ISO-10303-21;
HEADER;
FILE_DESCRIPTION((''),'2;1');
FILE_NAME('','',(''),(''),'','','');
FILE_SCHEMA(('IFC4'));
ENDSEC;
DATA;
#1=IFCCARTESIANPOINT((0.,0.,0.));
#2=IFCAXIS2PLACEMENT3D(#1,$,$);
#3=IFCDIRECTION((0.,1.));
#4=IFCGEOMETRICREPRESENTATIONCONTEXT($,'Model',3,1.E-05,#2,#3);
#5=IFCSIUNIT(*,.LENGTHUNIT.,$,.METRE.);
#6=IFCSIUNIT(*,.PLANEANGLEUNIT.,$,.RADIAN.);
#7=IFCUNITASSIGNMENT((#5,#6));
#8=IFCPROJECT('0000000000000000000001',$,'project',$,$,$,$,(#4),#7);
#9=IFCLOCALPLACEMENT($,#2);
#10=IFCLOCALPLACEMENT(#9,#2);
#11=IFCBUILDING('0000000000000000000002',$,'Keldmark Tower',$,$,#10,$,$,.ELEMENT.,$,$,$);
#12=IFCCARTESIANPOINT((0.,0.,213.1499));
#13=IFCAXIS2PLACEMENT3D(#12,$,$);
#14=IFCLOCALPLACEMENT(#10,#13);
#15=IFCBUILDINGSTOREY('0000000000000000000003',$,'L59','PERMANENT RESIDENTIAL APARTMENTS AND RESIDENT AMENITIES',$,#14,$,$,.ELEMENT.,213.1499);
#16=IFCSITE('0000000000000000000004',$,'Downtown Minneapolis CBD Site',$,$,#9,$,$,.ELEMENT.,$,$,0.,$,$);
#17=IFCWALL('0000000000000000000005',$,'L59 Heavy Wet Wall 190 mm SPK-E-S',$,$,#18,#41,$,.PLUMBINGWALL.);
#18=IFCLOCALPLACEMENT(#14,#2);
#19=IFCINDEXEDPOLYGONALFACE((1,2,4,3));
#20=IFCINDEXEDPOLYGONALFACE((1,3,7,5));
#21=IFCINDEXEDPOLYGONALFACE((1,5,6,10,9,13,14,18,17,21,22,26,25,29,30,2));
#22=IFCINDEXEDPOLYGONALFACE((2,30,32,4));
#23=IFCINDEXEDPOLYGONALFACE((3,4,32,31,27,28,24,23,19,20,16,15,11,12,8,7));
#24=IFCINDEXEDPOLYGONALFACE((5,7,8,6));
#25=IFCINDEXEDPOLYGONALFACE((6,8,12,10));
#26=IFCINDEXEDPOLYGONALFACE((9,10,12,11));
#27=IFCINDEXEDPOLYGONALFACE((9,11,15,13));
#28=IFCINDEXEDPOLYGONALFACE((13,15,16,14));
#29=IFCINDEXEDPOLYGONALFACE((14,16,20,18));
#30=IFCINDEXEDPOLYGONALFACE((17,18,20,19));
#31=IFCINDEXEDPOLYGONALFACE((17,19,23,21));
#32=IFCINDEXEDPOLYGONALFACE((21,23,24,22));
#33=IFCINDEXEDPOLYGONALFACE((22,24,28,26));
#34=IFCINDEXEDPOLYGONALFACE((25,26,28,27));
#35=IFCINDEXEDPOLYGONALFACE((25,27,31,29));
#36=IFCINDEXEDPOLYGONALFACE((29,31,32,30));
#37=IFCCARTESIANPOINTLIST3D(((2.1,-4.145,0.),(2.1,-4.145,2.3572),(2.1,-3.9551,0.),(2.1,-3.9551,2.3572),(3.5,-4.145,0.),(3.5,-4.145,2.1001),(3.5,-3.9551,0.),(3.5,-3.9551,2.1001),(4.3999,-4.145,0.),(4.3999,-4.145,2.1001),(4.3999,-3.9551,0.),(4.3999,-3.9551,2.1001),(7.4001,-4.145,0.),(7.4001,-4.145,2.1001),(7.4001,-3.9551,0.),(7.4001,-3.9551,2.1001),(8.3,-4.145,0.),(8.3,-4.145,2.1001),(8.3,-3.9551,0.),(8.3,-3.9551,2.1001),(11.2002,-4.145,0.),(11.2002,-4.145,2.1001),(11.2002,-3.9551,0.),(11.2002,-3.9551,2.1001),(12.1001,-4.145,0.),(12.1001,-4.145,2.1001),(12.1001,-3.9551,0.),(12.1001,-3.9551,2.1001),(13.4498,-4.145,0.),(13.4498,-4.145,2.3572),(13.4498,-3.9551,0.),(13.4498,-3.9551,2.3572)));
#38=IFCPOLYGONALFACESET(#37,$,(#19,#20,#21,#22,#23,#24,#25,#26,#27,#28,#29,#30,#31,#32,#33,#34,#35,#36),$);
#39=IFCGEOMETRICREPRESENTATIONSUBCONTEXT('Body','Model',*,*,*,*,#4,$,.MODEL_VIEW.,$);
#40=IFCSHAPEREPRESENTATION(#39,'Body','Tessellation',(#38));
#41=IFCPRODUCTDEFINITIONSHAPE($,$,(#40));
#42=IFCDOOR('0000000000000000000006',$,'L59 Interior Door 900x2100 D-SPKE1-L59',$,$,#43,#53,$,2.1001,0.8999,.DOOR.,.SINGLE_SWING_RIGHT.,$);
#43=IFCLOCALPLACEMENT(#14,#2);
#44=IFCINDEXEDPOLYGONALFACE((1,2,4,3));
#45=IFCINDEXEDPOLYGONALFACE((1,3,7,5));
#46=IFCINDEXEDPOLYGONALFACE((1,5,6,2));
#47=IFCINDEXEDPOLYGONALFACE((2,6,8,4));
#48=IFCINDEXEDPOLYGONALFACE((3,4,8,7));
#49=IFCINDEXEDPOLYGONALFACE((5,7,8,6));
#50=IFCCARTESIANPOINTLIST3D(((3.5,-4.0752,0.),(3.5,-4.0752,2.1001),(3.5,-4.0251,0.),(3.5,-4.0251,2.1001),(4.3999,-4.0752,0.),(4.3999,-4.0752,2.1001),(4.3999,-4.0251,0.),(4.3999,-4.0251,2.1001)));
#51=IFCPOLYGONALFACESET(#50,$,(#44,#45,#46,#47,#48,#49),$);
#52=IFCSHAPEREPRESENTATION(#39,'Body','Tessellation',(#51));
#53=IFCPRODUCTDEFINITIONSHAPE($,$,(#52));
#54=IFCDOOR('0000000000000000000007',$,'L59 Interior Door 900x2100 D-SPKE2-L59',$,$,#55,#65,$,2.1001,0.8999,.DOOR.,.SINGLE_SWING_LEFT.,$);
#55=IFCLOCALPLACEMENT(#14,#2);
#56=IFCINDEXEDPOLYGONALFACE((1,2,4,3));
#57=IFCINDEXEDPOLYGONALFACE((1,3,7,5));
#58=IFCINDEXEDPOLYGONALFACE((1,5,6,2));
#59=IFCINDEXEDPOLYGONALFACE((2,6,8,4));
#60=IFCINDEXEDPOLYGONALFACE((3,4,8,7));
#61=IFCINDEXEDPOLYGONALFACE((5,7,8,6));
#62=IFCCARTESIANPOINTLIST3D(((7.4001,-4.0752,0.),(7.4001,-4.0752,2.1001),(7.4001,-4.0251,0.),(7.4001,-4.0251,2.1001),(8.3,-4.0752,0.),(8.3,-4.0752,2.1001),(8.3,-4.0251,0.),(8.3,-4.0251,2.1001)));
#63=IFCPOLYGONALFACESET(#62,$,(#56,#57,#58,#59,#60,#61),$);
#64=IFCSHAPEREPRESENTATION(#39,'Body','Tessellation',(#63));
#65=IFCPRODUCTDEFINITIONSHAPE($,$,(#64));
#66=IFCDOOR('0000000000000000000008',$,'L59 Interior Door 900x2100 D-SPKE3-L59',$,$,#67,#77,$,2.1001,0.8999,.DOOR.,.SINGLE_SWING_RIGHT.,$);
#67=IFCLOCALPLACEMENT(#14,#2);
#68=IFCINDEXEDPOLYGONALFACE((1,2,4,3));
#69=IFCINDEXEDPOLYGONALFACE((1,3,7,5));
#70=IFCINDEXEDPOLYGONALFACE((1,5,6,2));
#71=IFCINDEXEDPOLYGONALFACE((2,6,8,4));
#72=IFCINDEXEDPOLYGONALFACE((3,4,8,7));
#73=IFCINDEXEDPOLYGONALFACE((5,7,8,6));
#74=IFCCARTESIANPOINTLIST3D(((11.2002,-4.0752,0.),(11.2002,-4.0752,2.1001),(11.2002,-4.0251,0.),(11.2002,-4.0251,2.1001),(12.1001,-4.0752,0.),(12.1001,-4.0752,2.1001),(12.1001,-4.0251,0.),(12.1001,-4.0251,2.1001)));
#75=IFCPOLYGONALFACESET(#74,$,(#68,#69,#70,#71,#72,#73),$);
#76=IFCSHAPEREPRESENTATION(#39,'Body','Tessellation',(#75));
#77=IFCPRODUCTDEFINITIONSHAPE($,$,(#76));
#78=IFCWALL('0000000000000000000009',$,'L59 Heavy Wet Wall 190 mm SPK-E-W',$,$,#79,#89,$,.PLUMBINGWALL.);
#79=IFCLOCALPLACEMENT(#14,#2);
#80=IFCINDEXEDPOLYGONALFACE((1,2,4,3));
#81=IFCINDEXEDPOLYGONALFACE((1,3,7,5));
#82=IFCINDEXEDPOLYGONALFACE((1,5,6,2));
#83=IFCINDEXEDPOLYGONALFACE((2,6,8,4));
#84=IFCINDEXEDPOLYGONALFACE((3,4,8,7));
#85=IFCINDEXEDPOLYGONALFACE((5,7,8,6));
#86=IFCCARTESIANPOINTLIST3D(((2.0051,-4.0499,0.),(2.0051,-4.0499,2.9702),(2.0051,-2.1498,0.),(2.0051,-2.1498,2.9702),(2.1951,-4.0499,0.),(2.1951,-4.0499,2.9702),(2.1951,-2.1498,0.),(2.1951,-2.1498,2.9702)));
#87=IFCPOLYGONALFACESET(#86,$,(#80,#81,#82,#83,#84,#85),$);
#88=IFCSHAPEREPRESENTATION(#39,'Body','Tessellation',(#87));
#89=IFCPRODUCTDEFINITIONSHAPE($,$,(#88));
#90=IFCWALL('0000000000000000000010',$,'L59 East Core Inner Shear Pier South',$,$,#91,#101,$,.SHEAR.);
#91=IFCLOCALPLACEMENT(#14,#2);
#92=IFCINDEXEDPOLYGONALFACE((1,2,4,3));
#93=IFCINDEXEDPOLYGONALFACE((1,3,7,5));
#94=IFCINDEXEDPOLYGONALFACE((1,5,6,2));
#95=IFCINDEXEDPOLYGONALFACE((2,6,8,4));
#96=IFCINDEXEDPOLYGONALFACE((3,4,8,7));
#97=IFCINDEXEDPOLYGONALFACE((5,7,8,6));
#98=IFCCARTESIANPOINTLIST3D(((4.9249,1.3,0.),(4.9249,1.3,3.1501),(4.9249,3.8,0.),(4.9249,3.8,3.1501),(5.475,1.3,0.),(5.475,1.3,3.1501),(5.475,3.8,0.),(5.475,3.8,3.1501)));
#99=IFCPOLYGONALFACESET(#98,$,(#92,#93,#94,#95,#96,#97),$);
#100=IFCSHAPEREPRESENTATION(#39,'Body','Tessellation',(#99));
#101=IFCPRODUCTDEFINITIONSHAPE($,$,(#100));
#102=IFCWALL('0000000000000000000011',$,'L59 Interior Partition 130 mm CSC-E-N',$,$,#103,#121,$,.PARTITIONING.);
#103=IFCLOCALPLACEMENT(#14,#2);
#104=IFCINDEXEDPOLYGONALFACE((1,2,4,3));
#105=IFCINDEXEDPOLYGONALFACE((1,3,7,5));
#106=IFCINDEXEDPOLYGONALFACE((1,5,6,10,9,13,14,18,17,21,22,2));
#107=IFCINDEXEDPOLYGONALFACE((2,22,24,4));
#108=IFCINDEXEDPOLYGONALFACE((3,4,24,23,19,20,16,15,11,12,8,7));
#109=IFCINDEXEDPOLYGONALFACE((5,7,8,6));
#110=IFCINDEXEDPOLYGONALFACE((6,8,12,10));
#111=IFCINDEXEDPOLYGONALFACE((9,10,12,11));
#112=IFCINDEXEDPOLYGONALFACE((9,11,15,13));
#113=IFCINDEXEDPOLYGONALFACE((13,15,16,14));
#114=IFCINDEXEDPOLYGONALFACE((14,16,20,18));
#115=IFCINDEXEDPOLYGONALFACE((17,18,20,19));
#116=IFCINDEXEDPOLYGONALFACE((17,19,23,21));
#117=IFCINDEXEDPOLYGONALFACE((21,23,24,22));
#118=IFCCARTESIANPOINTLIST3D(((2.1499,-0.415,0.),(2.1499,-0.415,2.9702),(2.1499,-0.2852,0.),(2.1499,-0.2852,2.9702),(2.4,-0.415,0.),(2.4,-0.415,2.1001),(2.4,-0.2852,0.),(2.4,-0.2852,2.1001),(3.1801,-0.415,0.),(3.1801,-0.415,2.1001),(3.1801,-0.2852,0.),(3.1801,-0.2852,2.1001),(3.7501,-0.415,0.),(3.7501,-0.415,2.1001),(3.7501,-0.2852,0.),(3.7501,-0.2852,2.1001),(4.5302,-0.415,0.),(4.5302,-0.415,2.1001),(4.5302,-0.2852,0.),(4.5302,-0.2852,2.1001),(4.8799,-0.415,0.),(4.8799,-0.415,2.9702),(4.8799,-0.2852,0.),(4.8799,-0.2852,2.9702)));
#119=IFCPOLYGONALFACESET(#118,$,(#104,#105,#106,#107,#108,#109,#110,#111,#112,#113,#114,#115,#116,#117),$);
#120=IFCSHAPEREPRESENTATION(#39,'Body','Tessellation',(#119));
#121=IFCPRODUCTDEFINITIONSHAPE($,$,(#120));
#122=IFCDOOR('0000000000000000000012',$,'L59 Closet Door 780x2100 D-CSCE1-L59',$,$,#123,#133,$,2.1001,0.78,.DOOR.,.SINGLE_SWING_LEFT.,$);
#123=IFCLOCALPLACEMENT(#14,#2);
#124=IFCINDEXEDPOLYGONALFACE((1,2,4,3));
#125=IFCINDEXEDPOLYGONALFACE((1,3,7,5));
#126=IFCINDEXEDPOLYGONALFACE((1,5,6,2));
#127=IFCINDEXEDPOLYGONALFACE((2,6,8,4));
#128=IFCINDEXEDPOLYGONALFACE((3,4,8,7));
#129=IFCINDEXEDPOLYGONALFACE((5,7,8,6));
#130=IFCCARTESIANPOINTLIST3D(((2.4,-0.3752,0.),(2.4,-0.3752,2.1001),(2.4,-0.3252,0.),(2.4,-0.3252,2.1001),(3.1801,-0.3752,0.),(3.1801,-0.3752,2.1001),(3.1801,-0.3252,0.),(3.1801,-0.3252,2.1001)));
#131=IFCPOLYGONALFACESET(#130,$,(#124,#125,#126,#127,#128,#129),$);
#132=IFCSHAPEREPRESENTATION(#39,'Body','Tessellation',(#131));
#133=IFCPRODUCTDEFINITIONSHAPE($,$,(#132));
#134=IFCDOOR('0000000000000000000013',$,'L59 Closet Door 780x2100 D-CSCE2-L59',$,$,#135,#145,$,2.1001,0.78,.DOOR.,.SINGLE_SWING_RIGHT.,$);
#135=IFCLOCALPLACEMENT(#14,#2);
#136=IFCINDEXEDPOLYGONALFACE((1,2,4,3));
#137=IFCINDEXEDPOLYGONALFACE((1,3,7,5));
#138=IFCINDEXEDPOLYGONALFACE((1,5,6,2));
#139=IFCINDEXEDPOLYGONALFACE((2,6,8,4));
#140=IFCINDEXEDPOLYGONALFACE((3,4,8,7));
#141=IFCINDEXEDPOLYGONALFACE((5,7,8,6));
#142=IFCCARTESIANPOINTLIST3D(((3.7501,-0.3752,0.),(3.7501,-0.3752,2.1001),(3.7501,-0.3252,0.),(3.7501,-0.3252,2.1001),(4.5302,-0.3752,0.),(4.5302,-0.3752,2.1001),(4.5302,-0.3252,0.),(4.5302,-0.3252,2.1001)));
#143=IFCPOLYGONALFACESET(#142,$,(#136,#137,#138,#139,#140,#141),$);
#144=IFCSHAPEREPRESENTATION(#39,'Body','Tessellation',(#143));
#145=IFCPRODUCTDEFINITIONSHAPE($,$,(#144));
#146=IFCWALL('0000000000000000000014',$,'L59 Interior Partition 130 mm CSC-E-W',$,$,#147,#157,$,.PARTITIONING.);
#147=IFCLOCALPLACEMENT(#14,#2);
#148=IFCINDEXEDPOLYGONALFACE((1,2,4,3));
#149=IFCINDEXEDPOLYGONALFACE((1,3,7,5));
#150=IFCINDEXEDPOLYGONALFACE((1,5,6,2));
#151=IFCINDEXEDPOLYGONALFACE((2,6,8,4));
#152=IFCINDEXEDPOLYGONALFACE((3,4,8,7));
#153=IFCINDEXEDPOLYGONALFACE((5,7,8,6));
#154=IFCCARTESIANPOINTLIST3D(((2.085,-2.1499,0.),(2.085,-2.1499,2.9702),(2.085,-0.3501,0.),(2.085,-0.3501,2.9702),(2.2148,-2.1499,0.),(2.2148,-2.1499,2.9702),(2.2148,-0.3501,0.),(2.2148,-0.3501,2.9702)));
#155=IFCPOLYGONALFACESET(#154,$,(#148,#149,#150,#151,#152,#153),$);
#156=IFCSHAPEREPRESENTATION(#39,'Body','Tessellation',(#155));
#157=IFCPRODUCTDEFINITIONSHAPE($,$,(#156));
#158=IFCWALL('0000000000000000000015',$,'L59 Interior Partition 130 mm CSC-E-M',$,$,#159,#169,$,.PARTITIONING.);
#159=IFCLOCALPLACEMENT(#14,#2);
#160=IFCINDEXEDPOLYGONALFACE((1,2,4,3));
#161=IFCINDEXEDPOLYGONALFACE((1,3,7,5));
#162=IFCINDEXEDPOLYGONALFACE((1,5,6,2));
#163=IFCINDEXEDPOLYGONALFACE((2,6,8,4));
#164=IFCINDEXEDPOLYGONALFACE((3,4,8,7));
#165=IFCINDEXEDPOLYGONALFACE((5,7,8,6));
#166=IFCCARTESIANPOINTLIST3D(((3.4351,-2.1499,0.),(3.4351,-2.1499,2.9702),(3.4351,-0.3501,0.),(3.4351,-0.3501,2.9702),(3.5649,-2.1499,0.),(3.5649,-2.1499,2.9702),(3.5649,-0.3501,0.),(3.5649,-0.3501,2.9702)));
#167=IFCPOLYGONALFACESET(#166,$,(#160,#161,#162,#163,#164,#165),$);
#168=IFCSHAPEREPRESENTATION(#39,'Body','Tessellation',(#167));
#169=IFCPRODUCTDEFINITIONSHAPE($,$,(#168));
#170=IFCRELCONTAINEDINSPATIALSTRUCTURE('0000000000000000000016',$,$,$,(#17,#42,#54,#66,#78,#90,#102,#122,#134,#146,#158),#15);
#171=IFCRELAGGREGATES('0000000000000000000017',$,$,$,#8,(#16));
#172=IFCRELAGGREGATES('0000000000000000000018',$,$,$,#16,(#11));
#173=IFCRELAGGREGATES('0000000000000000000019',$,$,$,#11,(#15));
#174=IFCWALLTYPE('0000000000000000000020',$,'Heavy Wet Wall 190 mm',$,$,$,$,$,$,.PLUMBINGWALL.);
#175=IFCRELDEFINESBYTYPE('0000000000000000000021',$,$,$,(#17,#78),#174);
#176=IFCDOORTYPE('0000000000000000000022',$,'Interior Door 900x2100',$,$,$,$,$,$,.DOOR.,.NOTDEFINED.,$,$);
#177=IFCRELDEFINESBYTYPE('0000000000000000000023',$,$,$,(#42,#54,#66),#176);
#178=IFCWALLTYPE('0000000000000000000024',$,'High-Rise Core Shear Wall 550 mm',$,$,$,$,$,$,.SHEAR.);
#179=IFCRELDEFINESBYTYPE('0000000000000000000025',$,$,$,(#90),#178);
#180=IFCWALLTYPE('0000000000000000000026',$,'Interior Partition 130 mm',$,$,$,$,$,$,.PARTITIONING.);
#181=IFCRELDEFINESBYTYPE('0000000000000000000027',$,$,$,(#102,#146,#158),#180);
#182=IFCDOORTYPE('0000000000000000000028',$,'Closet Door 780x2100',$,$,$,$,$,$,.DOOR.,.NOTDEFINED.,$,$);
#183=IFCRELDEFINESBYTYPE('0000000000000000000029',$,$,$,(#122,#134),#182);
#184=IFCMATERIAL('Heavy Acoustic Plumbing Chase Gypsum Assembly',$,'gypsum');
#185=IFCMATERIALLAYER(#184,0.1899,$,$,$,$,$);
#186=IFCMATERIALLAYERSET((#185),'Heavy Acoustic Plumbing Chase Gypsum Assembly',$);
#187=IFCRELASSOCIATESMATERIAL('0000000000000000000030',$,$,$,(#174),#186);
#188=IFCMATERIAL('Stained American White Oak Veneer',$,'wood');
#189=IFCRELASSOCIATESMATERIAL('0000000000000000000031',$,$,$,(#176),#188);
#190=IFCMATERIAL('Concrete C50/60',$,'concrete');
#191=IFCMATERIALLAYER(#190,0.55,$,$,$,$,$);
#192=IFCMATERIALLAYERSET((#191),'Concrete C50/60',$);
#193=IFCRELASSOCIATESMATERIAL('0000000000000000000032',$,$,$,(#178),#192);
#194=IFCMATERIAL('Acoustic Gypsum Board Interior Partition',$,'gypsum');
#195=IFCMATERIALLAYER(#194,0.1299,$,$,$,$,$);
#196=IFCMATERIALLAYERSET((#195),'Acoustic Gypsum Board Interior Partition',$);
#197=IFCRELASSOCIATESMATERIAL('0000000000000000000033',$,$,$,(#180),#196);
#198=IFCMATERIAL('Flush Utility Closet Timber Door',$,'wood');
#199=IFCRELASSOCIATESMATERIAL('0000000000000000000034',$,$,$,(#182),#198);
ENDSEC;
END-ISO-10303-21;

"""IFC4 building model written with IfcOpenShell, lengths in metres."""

from ifc_helpers import new_model, si_unit, direction, frame, frame_2d, origin, place, context, subcontext, project, spatial, rectangle, extrude, material, layer, layer_set, type_object, element, fill, save


model = new_model("IFC4")

# Units and contexts
model_context = context("Model", 3, precision=1e-05, world=origin(), true_north=direction((0.0, 1.0)))
body_context = subcontext(model_context, "Body", "Model", "MODEL_VIEW")
ifc_project = project(units=[si_unit("LENGTHUNIT", "METRE"), si_unit("PLANEANGLEUNIT", "RADIAN")], contexts=[model_context])

# Site, building, storey
site_placement = place(None, origin())
site = spatial("IfcSite", under=ifc_project, at=site_placement, Name="Downtown Minneapolis CBD Site", CompositionType="ELEMENT", RefElevation=0.0)
building_placement = place(site_placement, origin())
building = spatial("IfcBuilding", under=site, at=building_placement, Name="Keldmark Tower", CompositionType="ELEMENT")
storey_placement = place(building_placement, frame((0.0, 0.0, 213.1499)))
storey = spatial("IfcBuildingStorey", under=building, at=storey_placement, Name="L59", Description="PERMANENT RESIDENTIAL APARTMENTS AND RESIDENT AMENITIES", CompositionType="ELEMENT", Elevation=213.1499)

# Wall, openings, doors
ifc_material_1 = material(Name="Heavy Acoustic Plumbing Chase Gypsum Assembly", Category="gypsum")
ifc_layer_1 = layer(ifc_material_1, 0.1899)
ifc_layer_set_1 = layer_set([ifc_layer_1], Name="Heavy Acoustic Plumbing Chase Gypsum Assembly")
wall_type_1 = type_object("IfcWallType", Name="Heavy Wet Wall 190 mm", PredefinedType="PLUMBINGWALL", material=ifc_layer_set_1)
wall_1_placement = place(storey_placement, frame((2.1001, -4.05, 0.0), z_axis=(0.0, 0.0, 1.0), x_axis=(1.0, 0.0, 0.0)))
wall_1 = element("IfcWall", 1, at=wall_1_placement, inside=storey, type_object=wall_type_1, Name="L59 Heavy Wet Wall 190 mm SPK-E-S", PredefinedType="PLUMBINGWALL", context=body_context, shape_type="SweptSolid", body=[
    extrude(rectangle(XDim=11.3499, YDim=0.1899, at=frame_2d((5.6748, 0.0))), origin(), (0.0, 0.0, 1.0), 2.3572),
])
opening_1_placement = place(wall_1_placement, frame((1.3999, 0.0, 0.0)))
opening_1 = element("IfcOpeningElement", 2, at=opening_1_placement, cuts=wall_1, PredefinedType="OPENING", context=body_context, shape_type="SweptSolid", body=[
    extrude(rectangle(XDim=0.8999, YDim=2.1001, at=frame_2d((0.45, 1.05))), frame((0.0, 0.105, 0.0), z_axis=(0.0, -1.0, 0.0), x_axis=(1.0, 0.0, 0.0)), (0.0, 0.0, 1.0), 0.21),
])
opening_2_placement = place(wall_1_placement, frame((5.3, 0.0, 0.0)))
opening_2 = element("IfcOpeningElement", 3, at=opening_2_placement, cuts=wall_1, PredefinedType="OPENING", context=body_context, shape_type="SweptSolid", body=[
    extrude(rectangle(XDim=0.8999, YDim=2.1001, at=frame_2d((0.45, 1.05))), frame((0.0, 0.105, 0.0), z_axis=(0.0, -1.0, 0.0), x_axis=(1.0, 0.0, 0.0)), (0.0, 0.0, 1.0), 0.21),
])
opening_3_placement = place(wall_1_placement, frame((9.1001, 0.0, 0.0)))
opening_3 = element("IfcOpeningElement", 4, at=opening_3_placement, cuts=wall_1, PredefinedType="OPENING", context=body_context, shape_type="SweptSolid", body=[
    extrude(rectangle(XDim=0.8999, YDim=2.1001, at=frame_2d((0.45, 1.05))), frame((0.0, 0.105, 0.0), z_axis=(0.0, -1.0, 0.0), x_axis=(1.0, 0.0, 0.0)), (0.0, 0.0, 1.0), 0.21),
])
ifc_material_2 = material(Name="Stained American White Oak Veneer", Category="wood")
door_type_1 = type_object("IfcDoorType", Name="Interior Door 900x2100", OperationType="NOTDEFINED", PredefinedType="DOOR", material=ifc_material_2)
door_1_placement = place(opening_1_placement, origin())
door_1 = element("IfcDoor", 5, at=door_1_placement, inside=storey, type_object=door_type_1, Name="L59 Interior Door 900x2100 D-SPKE1-L59", OperationType="SINGLE_SWING_RIGHT", OverallHeight=2.1001, OverallWidth=0.8999, PredefinedType="DOOR", context=body_context, shape_type="SweptSolid", body=[
    extrude(rectangle(XDim=0.8999, YDim=2.1001, at=frame_2d((0.45, 1.05))), frame((0.0, 0.0249, 0.0), z_axis=(0.0, -1.0, 0.0), x_axis=(1.0, 0.0, 0.0)), (0.0, 0.0, 1.0), 0.05),
])
fill(opening_1, door_1)
door_2_placement = place(opening_2_placement, origin())
door_2 = element("IfcDoor", 6, at=door_2_placement, inside=storey, type_object=door_type_1, Name="L59 Interior Door 900x2100 D-SPKE2-L59", OperationType="SINGLE_SWING_LEFT", OverallHeight=2.1001, OverallWidth=0.8999, PredefinedType="DOOR", context=body_context, shape_type="SweptSolid", body=[
    extrude(rectangle(XDim=0.8999, YDim=2.1001, at=frame_2d((0.45, 1.05))), frame((0.0, 0.0249, 0.0), z_axis=(0.0, -1.0, 0.0), x_axis=(1.0, 0.0, 0.0)), (0.0, 0.0, 1.0), 0.05),
])
fill(opening_2, door_2)
door_3_placement = place(opening_3_placement, origin())
door_3 = element("IfcDoor", 7, at=door_3_placement, inside=storey, type_object=door_type_1, Name="L59 Interior Door 900x2100 D-SPKE3-L59", OperationType="SINGLE_SWING_RIGHT", OverallHeight=2.1001, OverallWidth=0.8999, PredefinedType="DOOR", context=body_context, shape_type="SweptSolid", body=[
    extrude(rectangle(XDim=0.8999, YDim=2.1001, at=frame_2d((0.45, 1.05))), frame((0.0, 0.0249, 0.0), z_axis=(0.0, -1.0, 0.0), x_axis=(1.0, 0.0, 0.0)), (0.0, 0.0, 1.0), 0.05),
])
fill(opening_3, door_3)

# Walls
wall_2_placement = place(storey_placement, frame((2.1001, -4.05, 0.0), z_axis=(0.0, 0.0, 1.0), x_axis=(0.0, 1.0, 0.0)))
element("IfcWall", 8, at=wall_2_placement, inside=storey, type_object=wall_type_1, Name="L59 Heavy Wet Wall 190 mm SPK-E-W", PredefinedType="PLUMBINGWALL", context=body_context, shape_type="SweptSolid", body=[
    extrude(rectangle(XDim=1.9001, YDim=0.1899, at=frame_2d((0.9502, 0.0))), origin(), (0.0, 0.0, 1.0), 2.9702),
])
ifc_material_3 = material(Name="Concrete C50/60", Category="concrete")
ifc_layer_2 = layer(ifc_material_3, 0.55)
ifc_layer_set_2 = layer_set([ifc_layer_2], Name="Concrete C50/60")
wall_type_2 = type_object("IfcWallType", Name="High-Rise Core Shear Wall 550 mm", PredefinedType="SHEAR", material=ifc_layer_set_2)
wall_3_placement = place(storey_placement, frame((5.2, 1.3, 0.0), z_axis=(0.0, 0.0, 1.0), x_axis=(0.0, 1.0, 0.0)))
element("IfcWall", 9, at=wall_3_placement, inside=storey, type_object=wall_type_2, Name="L59 East Core Inner Shear Pier South", PredefinedType="SHEAR", context=body_context, shape_type="SweptSolid", body=[
    extrude(rectangle(XDim=2.5, YDim=0.55, at=frame_2d((1.25, 0.0))), origin(), (0.0, 0.0, 1.0), 3.1501),
])

# Wall, openings, doors
ifc_material_4 = material(Name="Acoustic Gypsum Board Interior Partition", Category="gypsum")
ifc_layer_3 = layer(ifc_material_4, 0.1299)
ifc_layer_set_3 = layer_set([ifc_layer_3], Name="Acoustic Gypsum Board Interior Partition")
wall_type_3 = type_object("IfcWallType", Name="Interior Partition 130 mm", PredefinedType="PARTITIONING", material=ifc_layer_set_3)
wall_4_placement = place(storey_placement, frame((2.1499, -0.3501, 0.0), z_axis=(0.0, 0.0, 1.0), x_axis=(1.0, 0.0, 0.0)))
wall_4 = element("IfcWall", 10, at=wall_4_placement, inside=storey, type_object=wall_type_3, Name="L59 Interior Partition 130 mm CSC-E-N", PredefinedType="PARTITIONING", context=body_context, shape_type="SweptSolid", body=[
    extrude(rectangle(XDim=2.73, YDim=0.1299, at=frame_2d((1.365, 0.0))), origin(), (0.0, 0.0, 1.0), 2.9702),
])
opening_4_placement = place(wall_4_placement, frame((0.25, 0.0, 0.0)))
opening_4 = element("IfcOpeningElement", 11, at=opening_4_placement, cuts=wall_4, PredefinedType="OPENING", context=body_context, shape_type="SweptSolid", body=[
    extrude(rectangle(XDim=0.78, YDim=2.1001, at=frame_2d((0.3901, 1.05))), frame((0.0, 0.075, 0.0), z_axis=(0.0, -1.0, 0.0), x_axis=(1.0, 0.0, 0.0)), (0.0, 0.0, 1.0), 0.1499),
])
opening_5_placement = place(wall_4_placement, frame((1.6001, 0.0, 0.0)))
opening_5 = element("IfcOpeningElement", 12, at=opening_5_placement, cuts=wall_4, PredefinedType="OPENING", context=body_context, shape_type="SweptSolid", body=[
    extrude(rectangle(XDim=0.78, YDim=2.1001, at=frame_2d((0.3901, 1.05))), frame((0.0, 0.075, 0.0), z_axis=(0.0, -1.0, 0.0), x_axis=(1.0, 0.0, 0.0)), (0.0, 0.0, 1.0), 0.1499),
])
ifc_material_5 = material(Name="Flush Utility Closet Timber Door", Category="wood")
door_type_2 = type_object("IfcDoorType", Name="Closet Door 780x2100", OperationType="NOTDEFINED", PredefinedType="DOOR", material=ifc_material_5)
door_4_placement = place(opening_4_placement, origin())
door_4 = element("IfcDoor", 13, at=door_4_placement, inside=storey, type_object=door_type_2, Name="L59 Closet Door 780x2100 D-CSCE1-L59", OperationType="SINGLE_SWING_LEFT", OverallHeight=2.1001, OverallWidth=0.78, PredefinedType="DOOR", context=body_context, shape_type="SweptSolid", body=[
    extrude(rectangle(XDim=0.78, YDim=2.1001, at=frame_2d((0.3901, 1.05))), frame((0.0, 0.0249, 0.0), z_axis=(0.0, -1.0, 0.0), x_axis=(1.0, 0.0, 0.0)), (0.0, 0.0, 1.0), 0.05),
])
fill(opening_4, door_4)
door_5_placement = place(opening_5_placement, origin())
door_5 = element("IfcDoor", 14, at=door_5_placement, inside=storey, type_object=door_type_2, Name="L59 Closet Door 780x2100 D-CSCE2-L59", OperationType="SINGLE_SWING_RIGHT", OverallHeight=2.1001, OverallWidth=0.78, PredefinedType="DOOR", context=body_context, shape_type="SweptSolid", body=[
    extrude(rectangle(XDim=0.78, YDim=2.1001, at=frame_2d((0.3901, 1.05))), frame((0.0, 0.0249, 0.0), z_axis=(0.0, -1.0, 0.0), x_axis=(1.0, 0.0, 0.0)), (0.0, 0.0, 1.0), 0.05),
])
fill(opening_5, door_5)

# Walls
for number, where, z_axis, x_axis, name in (
    (15, (2.1499, -2.1499, 0.0), (0.0, 0.0, 1.0), (0.0, 1.0, 0.0), "L59 Interior Partition 130 mm CSC-E-W"),
    (16, (3.5, -2.1499, 0.0), (0.0, 0.0, 1.0), (0.0, 1.0, 0.0), "L59 Interior Partition 130 mm CSC-E-M"),
):
    element("IfcWall", number, at=place(storey_placement, frame(where, z_axis=z_axis, x_axis=x_axis)), inside=storey, type_object=wall_type_3, Name=name, PredefinedType="PARTITIONING", context=body_context, shape_type="SweptSolid", body=[
        extrude(rectangle(XDim=1.7998, YDim=0.1299, at=frame_2d((0.8999, 0.0))), origin(), (0.0, 0.0, 1.0), 2.9702),
    ])

save(model, "model.ifc")
